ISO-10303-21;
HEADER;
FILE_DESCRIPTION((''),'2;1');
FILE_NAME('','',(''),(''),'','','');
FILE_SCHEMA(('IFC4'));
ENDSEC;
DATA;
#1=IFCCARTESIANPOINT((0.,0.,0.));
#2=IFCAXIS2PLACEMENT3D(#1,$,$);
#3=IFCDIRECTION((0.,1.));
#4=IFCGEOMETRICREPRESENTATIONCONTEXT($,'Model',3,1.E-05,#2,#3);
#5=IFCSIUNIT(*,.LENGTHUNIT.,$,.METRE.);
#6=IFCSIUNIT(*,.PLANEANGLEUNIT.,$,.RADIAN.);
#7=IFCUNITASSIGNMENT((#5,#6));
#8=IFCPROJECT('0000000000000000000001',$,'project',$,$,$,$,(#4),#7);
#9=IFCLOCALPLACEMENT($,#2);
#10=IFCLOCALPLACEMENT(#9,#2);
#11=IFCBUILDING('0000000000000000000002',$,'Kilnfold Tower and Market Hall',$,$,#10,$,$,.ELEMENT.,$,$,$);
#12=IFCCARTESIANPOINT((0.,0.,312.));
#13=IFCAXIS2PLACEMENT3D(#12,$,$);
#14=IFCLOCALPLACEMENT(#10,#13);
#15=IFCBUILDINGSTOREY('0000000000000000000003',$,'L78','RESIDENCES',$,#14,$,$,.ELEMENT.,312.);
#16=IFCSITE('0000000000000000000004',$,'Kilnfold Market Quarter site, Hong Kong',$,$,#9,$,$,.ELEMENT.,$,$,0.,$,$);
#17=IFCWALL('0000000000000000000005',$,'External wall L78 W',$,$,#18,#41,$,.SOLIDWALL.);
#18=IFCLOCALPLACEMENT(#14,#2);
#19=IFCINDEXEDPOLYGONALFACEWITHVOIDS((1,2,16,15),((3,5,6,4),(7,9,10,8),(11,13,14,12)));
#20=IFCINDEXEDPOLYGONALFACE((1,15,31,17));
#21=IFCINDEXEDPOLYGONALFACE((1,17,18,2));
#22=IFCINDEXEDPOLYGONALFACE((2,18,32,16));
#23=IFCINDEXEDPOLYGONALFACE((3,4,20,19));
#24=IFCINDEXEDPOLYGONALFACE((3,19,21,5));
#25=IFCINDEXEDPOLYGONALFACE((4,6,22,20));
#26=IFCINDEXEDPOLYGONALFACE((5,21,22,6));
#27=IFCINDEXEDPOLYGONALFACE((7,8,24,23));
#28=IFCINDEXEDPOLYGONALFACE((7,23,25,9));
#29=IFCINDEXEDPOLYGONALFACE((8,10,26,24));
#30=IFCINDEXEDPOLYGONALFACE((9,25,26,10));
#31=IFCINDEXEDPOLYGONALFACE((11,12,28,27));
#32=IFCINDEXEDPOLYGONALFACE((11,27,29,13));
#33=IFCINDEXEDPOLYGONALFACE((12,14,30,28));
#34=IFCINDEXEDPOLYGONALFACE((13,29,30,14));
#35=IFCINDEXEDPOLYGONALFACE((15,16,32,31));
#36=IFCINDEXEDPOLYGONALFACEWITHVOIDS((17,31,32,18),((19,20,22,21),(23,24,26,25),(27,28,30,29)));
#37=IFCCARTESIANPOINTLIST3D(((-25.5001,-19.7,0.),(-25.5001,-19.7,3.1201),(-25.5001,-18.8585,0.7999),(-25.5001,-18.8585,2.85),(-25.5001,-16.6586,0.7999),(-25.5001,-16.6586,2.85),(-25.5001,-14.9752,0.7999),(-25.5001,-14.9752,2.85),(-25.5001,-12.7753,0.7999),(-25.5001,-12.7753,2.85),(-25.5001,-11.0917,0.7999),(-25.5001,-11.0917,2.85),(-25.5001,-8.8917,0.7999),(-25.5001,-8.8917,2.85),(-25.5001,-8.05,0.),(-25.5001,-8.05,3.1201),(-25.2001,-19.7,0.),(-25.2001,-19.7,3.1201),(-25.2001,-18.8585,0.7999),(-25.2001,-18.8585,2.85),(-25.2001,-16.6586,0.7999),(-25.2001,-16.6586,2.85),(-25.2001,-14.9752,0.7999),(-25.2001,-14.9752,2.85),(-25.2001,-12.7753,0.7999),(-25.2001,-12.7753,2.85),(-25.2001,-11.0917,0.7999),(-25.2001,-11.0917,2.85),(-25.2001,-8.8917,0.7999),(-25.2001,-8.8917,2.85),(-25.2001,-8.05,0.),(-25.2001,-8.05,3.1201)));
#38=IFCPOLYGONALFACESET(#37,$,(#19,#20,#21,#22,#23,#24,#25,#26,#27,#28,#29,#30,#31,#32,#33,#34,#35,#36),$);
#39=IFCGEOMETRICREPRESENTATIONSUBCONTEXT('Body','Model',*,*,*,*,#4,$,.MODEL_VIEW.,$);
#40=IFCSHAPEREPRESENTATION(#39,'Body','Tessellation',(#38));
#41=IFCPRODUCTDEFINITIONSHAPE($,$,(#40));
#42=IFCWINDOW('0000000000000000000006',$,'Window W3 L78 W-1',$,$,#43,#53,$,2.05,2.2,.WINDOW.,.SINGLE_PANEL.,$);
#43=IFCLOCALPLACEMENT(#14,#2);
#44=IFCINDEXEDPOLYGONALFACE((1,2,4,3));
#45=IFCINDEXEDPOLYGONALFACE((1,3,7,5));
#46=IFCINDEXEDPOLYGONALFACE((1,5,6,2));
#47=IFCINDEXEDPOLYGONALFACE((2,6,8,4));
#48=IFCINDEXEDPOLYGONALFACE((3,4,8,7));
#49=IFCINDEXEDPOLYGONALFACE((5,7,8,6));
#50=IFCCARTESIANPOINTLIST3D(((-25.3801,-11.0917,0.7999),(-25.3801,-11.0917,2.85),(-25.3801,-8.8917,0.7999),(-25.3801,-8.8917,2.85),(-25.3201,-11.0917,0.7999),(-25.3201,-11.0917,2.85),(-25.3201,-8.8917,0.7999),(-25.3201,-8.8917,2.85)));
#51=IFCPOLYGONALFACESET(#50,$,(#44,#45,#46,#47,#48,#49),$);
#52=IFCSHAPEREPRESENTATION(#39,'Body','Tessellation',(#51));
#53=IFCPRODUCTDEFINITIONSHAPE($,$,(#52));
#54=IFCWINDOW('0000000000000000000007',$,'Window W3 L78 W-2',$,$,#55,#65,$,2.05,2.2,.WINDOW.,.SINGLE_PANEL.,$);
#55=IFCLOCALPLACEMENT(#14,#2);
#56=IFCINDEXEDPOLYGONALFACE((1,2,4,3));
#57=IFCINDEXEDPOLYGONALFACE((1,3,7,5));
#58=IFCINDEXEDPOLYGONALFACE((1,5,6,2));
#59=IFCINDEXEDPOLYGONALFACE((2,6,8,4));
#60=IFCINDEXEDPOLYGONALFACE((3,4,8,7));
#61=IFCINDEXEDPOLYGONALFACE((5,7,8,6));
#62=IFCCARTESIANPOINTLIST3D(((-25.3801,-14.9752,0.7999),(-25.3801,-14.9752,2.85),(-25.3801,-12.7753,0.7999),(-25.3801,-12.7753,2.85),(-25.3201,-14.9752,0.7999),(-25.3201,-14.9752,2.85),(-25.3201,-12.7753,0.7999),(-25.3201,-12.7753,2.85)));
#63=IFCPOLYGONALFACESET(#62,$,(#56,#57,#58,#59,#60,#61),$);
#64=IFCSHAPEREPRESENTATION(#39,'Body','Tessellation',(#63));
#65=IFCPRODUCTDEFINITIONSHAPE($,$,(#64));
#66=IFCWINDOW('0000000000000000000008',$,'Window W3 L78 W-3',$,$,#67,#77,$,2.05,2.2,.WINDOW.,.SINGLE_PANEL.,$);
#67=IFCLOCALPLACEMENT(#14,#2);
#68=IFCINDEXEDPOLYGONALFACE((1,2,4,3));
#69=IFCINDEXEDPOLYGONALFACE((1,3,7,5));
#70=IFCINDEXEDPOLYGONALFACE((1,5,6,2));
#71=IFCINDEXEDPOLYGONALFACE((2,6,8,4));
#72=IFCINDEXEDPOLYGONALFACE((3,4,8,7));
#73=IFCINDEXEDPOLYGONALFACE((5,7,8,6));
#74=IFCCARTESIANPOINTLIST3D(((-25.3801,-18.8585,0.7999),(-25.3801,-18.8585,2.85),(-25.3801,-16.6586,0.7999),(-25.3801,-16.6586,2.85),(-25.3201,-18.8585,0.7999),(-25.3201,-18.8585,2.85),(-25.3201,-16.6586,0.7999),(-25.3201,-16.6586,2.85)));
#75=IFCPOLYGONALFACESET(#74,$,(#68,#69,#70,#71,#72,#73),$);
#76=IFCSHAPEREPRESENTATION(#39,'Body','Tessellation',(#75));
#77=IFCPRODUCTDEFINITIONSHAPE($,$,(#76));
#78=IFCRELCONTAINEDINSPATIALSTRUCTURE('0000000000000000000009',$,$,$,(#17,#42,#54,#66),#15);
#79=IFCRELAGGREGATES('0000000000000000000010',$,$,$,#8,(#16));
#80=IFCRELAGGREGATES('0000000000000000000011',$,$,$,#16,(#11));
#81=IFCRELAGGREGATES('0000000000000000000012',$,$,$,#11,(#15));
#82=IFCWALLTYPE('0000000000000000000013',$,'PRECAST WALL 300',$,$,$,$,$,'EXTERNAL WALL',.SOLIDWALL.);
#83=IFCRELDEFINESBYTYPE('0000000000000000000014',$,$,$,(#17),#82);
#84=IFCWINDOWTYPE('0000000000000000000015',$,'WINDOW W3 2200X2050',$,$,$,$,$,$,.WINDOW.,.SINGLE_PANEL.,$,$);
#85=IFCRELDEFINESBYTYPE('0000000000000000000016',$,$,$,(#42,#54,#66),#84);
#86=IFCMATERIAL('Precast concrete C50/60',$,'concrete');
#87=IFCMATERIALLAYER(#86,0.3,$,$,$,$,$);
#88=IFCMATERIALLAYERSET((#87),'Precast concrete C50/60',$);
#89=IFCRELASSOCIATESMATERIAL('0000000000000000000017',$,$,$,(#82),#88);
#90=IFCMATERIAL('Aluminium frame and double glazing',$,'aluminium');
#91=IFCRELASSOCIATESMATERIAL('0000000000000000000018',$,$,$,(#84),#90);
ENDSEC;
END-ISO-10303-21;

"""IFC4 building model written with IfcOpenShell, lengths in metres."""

from ifc_helpers import new_model, si_unit, direction, frame, frame_2d, origin, place, context, subcontext, project, spatial, rectangle, extrude, source, transform, mapped, material, layer, layer_set, type_object, element, fill, save


model = new_model("IFC4")

# Units and contexts
model_context = context("Model", 3, precision=1e-05, world=origin(), true_north=direction((0.0, 1.0)))
body_context = subcontext(model_context, "Body", "Model", "MODEL_VIEW")
ifc_project = project(units=[si_unit("LENGTHUNIT", "METRE"), si_unit("PLANEANGLEUNIT", "RADIAN")], contexts=[model_context])

# Site, building, storey
site_placement = place(None, origin())
site = spatial("IfcSite", under=ifc_project, at=site_placement, Name="Kilnfold Market Quarter site, Hong Kong", CompositionType="ELEMENT", RefElevation=0.0)
building_placement = place(site_placement, origin())
building = spatial("IfcBuilding", under=site, at=building_placement, Name="Kilnfold Tower and Market Hall", CompositionType="ELEMENT")
storey_placement = place(building_placement, frame((0.0, 0.0, 312.0)))
storey = spatial("IfcBuildingStorey", under=building, at=storey_placement, Name="L78", Description="RESIDENCES", CompositionType="ELEMENT", Elevation=312.0)

# Wall, openings, windows
ifc_material_1 = material(Name="Precast concrete C50/60", Category="concrete")
ifc_layer_1 = layer(ifc_material_1, 0.3)
ifc_layer_set_1 = layer_set([ifc_layer_1], Name="Precast concrete C50/60")
wall_type_1 = type_object("IfcWallType", Name="PRECAST WALL 300", ElementType="EXTERNAL WALL", PredefinedType="SOLIDWALL", material=ifc_layer_set_1)
ifc_material_2 = material(Name="Aluminium frame and double glazing", Category="aluminium")
window_type = type_object("IfcWindowType", Name="WINDOW W3 2200X2050", PartitioningType="SINGLE_PANEL", PredefinedType="WINDOW", material=ifc_material_2)
shared_shape_1 = source(origin(), body_context, "Body", "SweptSolid", [
    extrude(rectangle(XDim=11.6499, YDim=0.3, at=frame_2d((5.825, 0.0))), origin(), (0.0, 0.0, 1.0), 3.1201),
])
wall_1_placement = place(storey_placement, frame((-25.3501, -8.05, 0.0), z_axis=(0.0, 0.0, 1.0), x_axis=(0.0, -1.0, 0.0)))
wall_1 = element("IfcWall", 1, at=wall_1_placement, inside=storey, type_object=wall_type_1, Name="External wall L78 W", PredefinedType="SOLIDWALL", context=body_context, shape_type="MappedRepresentation", body=[
    mapped(shared_shape_1, transform((0.0, 0.0, 0.0))),
])
opening_1_placement = place(wall_1_placement, frame((0.8416, 0.0, 0.8)))
opening_1 = element("IfcOpeningElement", 2, at=opening_1_placement, cuts=wall_1, PredefinedType="OPENING", context=body_context, shape_type="SweptSolid", body=[
    extrude(rectangle(XDim=2.2, YDim=2.05, at=frame_2d((1.1001, 1.0249))), frame((0.0, 0.1602, 0.0), z_axis=(0.0, -1.0, 0.0), x_axis=(1.0, 0.0, 0.0)), (0.0, 0.0, 1.0), 0.3201),
])
opening_2_placement = place(wall_1_placement, frame((4.7251, 0.0, 0.8)))
opening_2 = element("IfcOpeningElement", 3, at=opening_2_placement, cuts=wall_1, PredefinedType="OPENING", context=body_context, shape_type="SweptSolid", body=[
    extrude(rectangle(XDim=2.2, YDim=2.05, at=frame_2d((1.1001, 1.0249))), frame((0.0, 0.1602, 0.0), z_axis=(0.0, -1.0, 0.0), x_axis=(1.0, 0.0, 0.0)), (0.0, 0.0, 1.0), 0.3201),
])
opening_3_placement = place(wall_1_placement, frame((8.6084, 0.0, 0.8)))
opening_3 = element("IfcOpeningElement", 4, at=opening_3_placement, cuts=wall_1, PredefinedType="OPENING", context=body_context, shape_type="SweptSolid", body=[
    extrude(rectangle(XDim=2.2, YDim=2.05, at=frame_2d((1.1001, 1.0249))), frame((0.0, 0.1602, 0.0), z_axis=(0.0, -1.0, 0.0), x_axis=(1.0, 0.0, 0.0)), (0.0, 0.0, 1.0), 0.3201),
])
window_1_placement = place(opening_1_placement, origin())
window_1 = element("IfcWindow", 5, at=window_1_placement, inside=storey, type_object=window_type, Name="Window W3 L78 W-1", OverallHeight=2.05, OverallWidth=2.2, PartitioningType="SINGLE_PANEL", PredefinedType="WINDOW", context=body_context, shape_type="SweptSolid", body=[
    extrude(rectangle(XDim=2.2, YDim=2.05, at=frame_2d((1.1001, 1.0249))), frame((0.0, 0.03, 0.0), z_axis=(0.0, -1.0, 0.0), x_axis=(1.0, 0.0, 0.0)), (0.0, 0.0, 1.0), 0.0601),
])
fill(opening_1, window_1)
window_2_placement = place(opening_2_placement, origin())
window_2 = element("IfcWindow", 6, at=window_2_placement, inside=storey, type_object=window_type, Name="Window W3 L78 W-2", OverallHeight=2.05, OverallWidth=2.2, PartitioningType="SINGLE_PANEL", PredefinedType="WINDOW", context=body_context, shape_type="SweptSolid", body=[
    extrude(rectangle(XDim=2.2, YDim=2.05, at=frame_2d((1.1001, 1.0249))), frame((0.0, 0.03, 0.0), z_axis=(0.0, -1.0, 0.0), x_axis=(1.0, 0.0, 0.0)), (0.0, 0.0, 1.0), 0.0601),
])
fill(opening_2, window_2)
window_3_placement = place(opening_3_placement, origin())
window_3 = element("IfcWindow", 7, at=window_3_placement, inside=storey, type_object=window_type, Name="Window W3 L78 W-3", OverallHeight=2.05, OverallWidth=2.2, PartitioningType="SINGLE_PANEL", PredefinedType="WINDOW", context=body_context, shape_type="SweptSolid", body=[
    extrude(rectangle(XDim=2.2, YDim=2.05, at=frame_2d((1.1001, 1.0249))), frame((0.0, 0.03, 0.0), z_axis=(0.0, -1.0, 0.0), x_axis=(1.0, 0.0, 0.0)), (0.0, 0.0, 1.0), 0.0601),
])
fill(opening_3, window_3)

save(model, "model.ifc")
